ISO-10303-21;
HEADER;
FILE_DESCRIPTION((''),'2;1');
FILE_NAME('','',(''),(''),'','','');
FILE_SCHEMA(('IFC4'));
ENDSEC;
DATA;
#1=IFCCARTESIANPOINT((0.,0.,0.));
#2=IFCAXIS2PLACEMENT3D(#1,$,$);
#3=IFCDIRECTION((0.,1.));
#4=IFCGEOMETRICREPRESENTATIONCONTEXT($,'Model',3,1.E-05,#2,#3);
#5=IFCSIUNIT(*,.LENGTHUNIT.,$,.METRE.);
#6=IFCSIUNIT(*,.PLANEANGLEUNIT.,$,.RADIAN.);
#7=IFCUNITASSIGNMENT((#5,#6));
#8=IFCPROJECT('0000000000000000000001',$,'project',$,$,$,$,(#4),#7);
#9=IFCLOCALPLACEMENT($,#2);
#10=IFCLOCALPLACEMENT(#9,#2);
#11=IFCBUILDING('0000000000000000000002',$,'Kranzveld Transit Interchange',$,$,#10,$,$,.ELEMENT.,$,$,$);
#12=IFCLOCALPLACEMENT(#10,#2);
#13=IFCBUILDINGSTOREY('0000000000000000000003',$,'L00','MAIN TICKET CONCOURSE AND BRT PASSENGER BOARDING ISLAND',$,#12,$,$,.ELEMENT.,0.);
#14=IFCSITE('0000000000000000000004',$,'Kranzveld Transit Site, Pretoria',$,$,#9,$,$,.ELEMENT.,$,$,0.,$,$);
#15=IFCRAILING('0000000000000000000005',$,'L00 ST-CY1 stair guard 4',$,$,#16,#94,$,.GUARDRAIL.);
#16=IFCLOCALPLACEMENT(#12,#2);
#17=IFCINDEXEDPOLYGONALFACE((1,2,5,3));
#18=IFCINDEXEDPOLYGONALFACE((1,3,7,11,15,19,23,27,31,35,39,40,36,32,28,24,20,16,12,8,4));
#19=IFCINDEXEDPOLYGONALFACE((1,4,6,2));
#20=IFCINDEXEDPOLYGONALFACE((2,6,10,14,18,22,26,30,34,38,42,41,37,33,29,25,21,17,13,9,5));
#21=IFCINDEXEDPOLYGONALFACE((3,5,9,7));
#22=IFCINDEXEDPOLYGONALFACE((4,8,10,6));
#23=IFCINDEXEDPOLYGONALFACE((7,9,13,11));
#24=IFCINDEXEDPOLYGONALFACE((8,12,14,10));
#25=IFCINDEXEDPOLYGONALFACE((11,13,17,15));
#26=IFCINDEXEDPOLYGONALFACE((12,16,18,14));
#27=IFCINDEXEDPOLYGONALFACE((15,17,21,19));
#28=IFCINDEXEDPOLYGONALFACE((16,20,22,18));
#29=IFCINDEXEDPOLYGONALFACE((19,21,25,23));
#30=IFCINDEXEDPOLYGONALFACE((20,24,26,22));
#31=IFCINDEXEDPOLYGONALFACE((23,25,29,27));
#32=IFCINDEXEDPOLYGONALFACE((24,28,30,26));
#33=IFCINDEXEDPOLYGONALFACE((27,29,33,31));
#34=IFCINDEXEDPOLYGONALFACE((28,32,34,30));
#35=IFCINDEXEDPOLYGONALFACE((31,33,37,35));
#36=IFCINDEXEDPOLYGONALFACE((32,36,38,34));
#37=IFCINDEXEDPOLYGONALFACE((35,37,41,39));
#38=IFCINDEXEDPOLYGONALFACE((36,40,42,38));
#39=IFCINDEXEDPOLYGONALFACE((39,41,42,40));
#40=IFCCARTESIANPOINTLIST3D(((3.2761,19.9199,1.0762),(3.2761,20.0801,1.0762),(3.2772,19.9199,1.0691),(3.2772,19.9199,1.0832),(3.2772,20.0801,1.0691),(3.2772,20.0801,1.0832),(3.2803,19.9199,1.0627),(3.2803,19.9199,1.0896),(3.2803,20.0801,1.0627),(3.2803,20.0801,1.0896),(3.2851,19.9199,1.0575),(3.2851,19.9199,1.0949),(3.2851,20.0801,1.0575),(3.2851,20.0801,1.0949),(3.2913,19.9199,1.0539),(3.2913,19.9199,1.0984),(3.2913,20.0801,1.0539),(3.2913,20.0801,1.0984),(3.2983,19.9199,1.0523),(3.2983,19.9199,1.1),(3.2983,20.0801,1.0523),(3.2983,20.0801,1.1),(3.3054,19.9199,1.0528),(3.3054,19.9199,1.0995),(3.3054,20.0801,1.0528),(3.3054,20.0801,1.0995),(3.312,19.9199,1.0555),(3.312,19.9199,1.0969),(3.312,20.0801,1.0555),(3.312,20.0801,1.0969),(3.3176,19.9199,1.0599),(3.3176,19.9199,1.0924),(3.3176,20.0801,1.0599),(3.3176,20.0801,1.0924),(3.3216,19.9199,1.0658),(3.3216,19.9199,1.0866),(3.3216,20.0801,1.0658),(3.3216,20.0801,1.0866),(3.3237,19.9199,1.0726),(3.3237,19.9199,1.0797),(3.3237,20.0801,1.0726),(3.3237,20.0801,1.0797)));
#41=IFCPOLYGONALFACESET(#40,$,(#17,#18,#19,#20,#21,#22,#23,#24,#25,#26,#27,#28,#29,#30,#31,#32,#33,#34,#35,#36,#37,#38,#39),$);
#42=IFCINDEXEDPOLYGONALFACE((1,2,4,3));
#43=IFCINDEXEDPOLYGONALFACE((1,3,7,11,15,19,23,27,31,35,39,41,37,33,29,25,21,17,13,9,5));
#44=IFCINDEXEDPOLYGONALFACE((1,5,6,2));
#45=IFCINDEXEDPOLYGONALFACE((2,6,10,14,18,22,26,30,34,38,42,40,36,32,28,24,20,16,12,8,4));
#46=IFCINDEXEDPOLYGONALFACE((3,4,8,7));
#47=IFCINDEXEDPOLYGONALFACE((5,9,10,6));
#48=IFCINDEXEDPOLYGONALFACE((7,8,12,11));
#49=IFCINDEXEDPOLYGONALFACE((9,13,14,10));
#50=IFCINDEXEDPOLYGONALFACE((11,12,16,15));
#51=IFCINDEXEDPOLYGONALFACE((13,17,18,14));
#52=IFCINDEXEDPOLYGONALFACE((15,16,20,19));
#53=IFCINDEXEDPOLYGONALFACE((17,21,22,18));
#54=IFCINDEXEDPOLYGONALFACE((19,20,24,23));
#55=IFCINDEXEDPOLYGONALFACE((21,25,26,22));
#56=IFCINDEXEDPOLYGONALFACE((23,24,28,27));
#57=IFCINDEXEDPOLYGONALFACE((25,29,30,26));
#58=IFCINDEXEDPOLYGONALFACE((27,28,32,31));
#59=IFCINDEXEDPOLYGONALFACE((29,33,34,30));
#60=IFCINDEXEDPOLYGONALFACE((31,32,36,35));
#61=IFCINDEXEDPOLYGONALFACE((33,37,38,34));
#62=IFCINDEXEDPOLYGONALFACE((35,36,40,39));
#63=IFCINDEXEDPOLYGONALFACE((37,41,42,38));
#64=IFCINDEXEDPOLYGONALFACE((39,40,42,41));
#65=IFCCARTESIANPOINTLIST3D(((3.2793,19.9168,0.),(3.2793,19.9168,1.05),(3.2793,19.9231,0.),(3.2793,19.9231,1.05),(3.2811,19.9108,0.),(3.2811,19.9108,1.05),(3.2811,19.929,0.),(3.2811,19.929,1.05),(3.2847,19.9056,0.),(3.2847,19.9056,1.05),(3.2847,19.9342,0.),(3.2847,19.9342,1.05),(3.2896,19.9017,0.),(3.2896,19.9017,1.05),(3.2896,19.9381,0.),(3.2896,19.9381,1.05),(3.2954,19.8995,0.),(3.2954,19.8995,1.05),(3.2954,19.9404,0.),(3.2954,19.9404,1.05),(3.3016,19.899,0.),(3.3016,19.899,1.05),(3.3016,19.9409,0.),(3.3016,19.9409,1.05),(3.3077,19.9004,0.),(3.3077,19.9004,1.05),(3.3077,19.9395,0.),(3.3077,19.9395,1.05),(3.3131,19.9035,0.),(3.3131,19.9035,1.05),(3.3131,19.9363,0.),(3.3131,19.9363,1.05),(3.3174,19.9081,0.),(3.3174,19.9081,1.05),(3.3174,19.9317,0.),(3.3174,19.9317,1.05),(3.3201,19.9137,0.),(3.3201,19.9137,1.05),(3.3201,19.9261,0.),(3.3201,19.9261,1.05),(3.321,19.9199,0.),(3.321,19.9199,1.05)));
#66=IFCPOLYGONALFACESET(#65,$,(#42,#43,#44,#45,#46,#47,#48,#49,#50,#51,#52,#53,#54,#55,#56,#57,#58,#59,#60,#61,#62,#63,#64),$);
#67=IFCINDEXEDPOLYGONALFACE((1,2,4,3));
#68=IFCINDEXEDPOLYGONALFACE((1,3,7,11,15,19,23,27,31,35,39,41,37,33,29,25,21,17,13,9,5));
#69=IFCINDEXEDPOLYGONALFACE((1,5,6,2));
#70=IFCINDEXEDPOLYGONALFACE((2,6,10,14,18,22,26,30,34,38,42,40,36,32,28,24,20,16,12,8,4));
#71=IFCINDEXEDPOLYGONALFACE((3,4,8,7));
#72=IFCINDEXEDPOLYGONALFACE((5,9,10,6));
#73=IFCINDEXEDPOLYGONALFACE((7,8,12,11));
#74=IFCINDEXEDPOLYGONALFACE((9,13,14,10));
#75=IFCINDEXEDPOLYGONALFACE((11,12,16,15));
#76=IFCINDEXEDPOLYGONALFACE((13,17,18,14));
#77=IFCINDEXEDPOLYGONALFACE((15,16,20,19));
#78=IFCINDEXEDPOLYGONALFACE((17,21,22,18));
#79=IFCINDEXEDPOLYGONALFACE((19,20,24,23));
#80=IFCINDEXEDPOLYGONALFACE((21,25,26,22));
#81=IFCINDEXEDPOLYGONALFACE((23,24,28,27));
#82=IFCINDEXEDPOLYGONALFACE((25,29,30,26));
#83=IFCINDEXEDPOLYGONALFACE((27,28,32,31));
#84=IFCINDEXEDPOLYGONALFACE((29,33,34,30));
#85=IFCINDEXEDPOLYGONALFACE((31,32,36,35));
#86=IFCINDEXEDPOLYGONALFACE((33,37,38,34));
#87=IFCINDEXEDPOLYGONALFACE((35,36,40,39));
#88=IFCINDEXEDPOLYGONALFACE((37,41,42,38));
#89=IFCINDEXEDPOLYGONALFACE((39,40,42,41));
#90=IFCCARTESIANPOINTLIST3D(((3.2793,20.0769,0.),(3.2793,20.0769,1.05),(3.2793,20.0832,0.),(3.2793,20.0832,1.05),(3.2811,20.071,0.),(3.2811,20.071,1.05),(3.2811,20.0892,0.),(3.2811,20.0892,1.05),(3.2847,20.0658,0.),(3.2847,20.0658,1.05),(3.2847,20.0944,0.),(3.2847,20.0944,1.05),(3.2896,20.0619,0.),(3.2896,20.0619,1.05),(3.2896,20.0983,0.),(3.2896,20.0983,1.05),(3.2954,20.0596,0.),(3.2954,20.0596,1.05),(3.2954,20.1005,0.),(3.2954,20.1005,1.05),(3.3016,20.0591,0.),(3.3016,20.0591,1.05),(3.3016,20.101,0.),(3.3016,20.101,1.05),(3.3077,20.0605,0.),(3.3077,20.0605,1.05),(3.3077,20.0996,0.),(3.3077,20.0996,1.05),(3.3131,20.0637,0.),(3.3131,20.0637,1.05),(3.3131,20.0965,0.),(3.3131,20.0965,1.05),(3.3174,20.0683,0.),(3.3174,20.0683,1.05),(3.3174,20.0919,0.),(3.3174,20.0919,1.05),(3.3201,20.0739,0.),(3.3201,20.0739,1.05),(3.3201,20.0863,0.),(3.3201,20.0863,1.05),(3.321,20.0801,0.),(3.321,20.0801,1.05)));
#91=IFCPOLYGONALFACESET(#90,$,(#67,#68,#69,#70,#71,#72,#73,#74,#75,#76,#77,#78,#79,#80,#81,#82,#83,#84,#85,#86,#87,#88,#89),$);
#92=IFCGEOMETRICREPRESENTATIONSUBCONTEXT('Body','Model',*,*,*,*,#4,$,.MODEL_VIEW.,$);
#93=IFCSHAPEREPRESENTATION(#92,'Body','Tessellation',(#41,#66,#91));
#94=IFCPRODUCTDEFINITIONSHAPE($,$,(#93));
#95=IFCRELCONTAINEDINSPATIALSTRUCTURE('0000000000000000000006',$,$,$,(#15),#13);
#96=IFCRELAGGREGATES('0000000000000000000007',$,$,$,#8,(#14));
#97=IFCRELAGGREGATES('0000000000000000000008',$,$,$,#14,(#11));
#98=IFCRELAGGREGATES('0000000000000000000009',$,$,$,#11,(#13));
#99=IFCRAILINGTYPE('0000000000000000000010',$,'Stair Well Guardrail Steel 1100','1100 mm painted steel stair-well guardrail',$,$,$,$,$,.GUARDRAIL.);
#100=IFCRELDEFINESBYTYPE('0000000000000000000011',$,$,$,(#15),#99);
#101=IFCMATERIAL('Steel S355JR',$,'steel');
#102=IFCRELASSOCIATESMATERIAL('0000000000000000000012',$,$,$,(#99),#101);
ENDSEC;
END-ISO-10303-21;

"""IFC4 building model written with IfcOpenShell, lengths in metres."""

from ifc_helpers import new_model, si_unit, direction, frame, origin, origin_2d, place, context, subcontext, project, spatial, circle, extrude, material, type_object, element, save


model = new_model("IFC4")

# Units and contexts
model_context = context("Model", 3, precision=1e-05, world=origin(), true_north=direction((0.0, 1.0)))
body_context = subcontext(model_context, "Body", "Model", "MODEL_VIEW")
ifc_project = project(units=[si_unit("LENGTHUNIT", "METRE"), si_unit("PLANEANGLEUNIT", "RADIAN")], contexts=[model_context])

# Site, building, storey
site_placement = place(None, origin())
site = spatial("IfcSite", under=ifc_project, at=site_placement, Name="Kranzveld Transit Site, Pretoria", CompositionType="ELEMENT", RefElevation=0.0)
building_placement = place(site_placement, origin())
building = spatial("IfcBuilding", under=site, at=building_placement, Name="Kranzveld Transit Interchange", CompositionType="ELEMENT")
storey_placement = place(building_placement, origin())
storey = spatial("IfcBuildingStorey", under=building, at=storey_placement, Name="L00", Description="MAIN TICKET CONCOURSE AND BRT PASSENGER BOARDING ISLAND", CompositionType="ELEMENT", Elevation=0.0)

# Railing
ifc_material_1 = material(Name="Steel S355JR", Category="steel")
railing_type_1 = type_object("IfcRailingType", Name="Stair Well Guardrail Steel 1100", Description="1100 mm painted steel stair-well guardrail", PredefinedType="GUARDRAIL", material=ifc_material_1)
railing_1_placement = place(storey_placement, frame((3.3, 19.9199, 0.0)))
element("IfcRailing", 1, at=railing_1_placement, inside=storey, type_object=railing_type_1, Name="L00 ST-CY1 stair guard 4", PredefinedType="GUARDRAIL", context=body_context, shape_type="SweptSolid", body=[
    extrude(circle(Radius=0.0239, at=origin_2d()), frame((0.0, 0.0, 1.0762), z_axis=(0.0, 1.0, 0.0), x_axis=(-1.0, 0.0, 0.0)), (0.0, 0.0, 1.0), 0.1602),
    extrude(circle(Radius=0.021, at=origin_2d()), origin(), (0.0, 0.0, 1.0), 1.05),
    extrude(circle(Radius=0.021, at=origin_2d()), frame((0.0, 0.1602, 0.0)), (0.0, 0.0, 1.0), 1.05),
])

save(model, "model.ifc")
